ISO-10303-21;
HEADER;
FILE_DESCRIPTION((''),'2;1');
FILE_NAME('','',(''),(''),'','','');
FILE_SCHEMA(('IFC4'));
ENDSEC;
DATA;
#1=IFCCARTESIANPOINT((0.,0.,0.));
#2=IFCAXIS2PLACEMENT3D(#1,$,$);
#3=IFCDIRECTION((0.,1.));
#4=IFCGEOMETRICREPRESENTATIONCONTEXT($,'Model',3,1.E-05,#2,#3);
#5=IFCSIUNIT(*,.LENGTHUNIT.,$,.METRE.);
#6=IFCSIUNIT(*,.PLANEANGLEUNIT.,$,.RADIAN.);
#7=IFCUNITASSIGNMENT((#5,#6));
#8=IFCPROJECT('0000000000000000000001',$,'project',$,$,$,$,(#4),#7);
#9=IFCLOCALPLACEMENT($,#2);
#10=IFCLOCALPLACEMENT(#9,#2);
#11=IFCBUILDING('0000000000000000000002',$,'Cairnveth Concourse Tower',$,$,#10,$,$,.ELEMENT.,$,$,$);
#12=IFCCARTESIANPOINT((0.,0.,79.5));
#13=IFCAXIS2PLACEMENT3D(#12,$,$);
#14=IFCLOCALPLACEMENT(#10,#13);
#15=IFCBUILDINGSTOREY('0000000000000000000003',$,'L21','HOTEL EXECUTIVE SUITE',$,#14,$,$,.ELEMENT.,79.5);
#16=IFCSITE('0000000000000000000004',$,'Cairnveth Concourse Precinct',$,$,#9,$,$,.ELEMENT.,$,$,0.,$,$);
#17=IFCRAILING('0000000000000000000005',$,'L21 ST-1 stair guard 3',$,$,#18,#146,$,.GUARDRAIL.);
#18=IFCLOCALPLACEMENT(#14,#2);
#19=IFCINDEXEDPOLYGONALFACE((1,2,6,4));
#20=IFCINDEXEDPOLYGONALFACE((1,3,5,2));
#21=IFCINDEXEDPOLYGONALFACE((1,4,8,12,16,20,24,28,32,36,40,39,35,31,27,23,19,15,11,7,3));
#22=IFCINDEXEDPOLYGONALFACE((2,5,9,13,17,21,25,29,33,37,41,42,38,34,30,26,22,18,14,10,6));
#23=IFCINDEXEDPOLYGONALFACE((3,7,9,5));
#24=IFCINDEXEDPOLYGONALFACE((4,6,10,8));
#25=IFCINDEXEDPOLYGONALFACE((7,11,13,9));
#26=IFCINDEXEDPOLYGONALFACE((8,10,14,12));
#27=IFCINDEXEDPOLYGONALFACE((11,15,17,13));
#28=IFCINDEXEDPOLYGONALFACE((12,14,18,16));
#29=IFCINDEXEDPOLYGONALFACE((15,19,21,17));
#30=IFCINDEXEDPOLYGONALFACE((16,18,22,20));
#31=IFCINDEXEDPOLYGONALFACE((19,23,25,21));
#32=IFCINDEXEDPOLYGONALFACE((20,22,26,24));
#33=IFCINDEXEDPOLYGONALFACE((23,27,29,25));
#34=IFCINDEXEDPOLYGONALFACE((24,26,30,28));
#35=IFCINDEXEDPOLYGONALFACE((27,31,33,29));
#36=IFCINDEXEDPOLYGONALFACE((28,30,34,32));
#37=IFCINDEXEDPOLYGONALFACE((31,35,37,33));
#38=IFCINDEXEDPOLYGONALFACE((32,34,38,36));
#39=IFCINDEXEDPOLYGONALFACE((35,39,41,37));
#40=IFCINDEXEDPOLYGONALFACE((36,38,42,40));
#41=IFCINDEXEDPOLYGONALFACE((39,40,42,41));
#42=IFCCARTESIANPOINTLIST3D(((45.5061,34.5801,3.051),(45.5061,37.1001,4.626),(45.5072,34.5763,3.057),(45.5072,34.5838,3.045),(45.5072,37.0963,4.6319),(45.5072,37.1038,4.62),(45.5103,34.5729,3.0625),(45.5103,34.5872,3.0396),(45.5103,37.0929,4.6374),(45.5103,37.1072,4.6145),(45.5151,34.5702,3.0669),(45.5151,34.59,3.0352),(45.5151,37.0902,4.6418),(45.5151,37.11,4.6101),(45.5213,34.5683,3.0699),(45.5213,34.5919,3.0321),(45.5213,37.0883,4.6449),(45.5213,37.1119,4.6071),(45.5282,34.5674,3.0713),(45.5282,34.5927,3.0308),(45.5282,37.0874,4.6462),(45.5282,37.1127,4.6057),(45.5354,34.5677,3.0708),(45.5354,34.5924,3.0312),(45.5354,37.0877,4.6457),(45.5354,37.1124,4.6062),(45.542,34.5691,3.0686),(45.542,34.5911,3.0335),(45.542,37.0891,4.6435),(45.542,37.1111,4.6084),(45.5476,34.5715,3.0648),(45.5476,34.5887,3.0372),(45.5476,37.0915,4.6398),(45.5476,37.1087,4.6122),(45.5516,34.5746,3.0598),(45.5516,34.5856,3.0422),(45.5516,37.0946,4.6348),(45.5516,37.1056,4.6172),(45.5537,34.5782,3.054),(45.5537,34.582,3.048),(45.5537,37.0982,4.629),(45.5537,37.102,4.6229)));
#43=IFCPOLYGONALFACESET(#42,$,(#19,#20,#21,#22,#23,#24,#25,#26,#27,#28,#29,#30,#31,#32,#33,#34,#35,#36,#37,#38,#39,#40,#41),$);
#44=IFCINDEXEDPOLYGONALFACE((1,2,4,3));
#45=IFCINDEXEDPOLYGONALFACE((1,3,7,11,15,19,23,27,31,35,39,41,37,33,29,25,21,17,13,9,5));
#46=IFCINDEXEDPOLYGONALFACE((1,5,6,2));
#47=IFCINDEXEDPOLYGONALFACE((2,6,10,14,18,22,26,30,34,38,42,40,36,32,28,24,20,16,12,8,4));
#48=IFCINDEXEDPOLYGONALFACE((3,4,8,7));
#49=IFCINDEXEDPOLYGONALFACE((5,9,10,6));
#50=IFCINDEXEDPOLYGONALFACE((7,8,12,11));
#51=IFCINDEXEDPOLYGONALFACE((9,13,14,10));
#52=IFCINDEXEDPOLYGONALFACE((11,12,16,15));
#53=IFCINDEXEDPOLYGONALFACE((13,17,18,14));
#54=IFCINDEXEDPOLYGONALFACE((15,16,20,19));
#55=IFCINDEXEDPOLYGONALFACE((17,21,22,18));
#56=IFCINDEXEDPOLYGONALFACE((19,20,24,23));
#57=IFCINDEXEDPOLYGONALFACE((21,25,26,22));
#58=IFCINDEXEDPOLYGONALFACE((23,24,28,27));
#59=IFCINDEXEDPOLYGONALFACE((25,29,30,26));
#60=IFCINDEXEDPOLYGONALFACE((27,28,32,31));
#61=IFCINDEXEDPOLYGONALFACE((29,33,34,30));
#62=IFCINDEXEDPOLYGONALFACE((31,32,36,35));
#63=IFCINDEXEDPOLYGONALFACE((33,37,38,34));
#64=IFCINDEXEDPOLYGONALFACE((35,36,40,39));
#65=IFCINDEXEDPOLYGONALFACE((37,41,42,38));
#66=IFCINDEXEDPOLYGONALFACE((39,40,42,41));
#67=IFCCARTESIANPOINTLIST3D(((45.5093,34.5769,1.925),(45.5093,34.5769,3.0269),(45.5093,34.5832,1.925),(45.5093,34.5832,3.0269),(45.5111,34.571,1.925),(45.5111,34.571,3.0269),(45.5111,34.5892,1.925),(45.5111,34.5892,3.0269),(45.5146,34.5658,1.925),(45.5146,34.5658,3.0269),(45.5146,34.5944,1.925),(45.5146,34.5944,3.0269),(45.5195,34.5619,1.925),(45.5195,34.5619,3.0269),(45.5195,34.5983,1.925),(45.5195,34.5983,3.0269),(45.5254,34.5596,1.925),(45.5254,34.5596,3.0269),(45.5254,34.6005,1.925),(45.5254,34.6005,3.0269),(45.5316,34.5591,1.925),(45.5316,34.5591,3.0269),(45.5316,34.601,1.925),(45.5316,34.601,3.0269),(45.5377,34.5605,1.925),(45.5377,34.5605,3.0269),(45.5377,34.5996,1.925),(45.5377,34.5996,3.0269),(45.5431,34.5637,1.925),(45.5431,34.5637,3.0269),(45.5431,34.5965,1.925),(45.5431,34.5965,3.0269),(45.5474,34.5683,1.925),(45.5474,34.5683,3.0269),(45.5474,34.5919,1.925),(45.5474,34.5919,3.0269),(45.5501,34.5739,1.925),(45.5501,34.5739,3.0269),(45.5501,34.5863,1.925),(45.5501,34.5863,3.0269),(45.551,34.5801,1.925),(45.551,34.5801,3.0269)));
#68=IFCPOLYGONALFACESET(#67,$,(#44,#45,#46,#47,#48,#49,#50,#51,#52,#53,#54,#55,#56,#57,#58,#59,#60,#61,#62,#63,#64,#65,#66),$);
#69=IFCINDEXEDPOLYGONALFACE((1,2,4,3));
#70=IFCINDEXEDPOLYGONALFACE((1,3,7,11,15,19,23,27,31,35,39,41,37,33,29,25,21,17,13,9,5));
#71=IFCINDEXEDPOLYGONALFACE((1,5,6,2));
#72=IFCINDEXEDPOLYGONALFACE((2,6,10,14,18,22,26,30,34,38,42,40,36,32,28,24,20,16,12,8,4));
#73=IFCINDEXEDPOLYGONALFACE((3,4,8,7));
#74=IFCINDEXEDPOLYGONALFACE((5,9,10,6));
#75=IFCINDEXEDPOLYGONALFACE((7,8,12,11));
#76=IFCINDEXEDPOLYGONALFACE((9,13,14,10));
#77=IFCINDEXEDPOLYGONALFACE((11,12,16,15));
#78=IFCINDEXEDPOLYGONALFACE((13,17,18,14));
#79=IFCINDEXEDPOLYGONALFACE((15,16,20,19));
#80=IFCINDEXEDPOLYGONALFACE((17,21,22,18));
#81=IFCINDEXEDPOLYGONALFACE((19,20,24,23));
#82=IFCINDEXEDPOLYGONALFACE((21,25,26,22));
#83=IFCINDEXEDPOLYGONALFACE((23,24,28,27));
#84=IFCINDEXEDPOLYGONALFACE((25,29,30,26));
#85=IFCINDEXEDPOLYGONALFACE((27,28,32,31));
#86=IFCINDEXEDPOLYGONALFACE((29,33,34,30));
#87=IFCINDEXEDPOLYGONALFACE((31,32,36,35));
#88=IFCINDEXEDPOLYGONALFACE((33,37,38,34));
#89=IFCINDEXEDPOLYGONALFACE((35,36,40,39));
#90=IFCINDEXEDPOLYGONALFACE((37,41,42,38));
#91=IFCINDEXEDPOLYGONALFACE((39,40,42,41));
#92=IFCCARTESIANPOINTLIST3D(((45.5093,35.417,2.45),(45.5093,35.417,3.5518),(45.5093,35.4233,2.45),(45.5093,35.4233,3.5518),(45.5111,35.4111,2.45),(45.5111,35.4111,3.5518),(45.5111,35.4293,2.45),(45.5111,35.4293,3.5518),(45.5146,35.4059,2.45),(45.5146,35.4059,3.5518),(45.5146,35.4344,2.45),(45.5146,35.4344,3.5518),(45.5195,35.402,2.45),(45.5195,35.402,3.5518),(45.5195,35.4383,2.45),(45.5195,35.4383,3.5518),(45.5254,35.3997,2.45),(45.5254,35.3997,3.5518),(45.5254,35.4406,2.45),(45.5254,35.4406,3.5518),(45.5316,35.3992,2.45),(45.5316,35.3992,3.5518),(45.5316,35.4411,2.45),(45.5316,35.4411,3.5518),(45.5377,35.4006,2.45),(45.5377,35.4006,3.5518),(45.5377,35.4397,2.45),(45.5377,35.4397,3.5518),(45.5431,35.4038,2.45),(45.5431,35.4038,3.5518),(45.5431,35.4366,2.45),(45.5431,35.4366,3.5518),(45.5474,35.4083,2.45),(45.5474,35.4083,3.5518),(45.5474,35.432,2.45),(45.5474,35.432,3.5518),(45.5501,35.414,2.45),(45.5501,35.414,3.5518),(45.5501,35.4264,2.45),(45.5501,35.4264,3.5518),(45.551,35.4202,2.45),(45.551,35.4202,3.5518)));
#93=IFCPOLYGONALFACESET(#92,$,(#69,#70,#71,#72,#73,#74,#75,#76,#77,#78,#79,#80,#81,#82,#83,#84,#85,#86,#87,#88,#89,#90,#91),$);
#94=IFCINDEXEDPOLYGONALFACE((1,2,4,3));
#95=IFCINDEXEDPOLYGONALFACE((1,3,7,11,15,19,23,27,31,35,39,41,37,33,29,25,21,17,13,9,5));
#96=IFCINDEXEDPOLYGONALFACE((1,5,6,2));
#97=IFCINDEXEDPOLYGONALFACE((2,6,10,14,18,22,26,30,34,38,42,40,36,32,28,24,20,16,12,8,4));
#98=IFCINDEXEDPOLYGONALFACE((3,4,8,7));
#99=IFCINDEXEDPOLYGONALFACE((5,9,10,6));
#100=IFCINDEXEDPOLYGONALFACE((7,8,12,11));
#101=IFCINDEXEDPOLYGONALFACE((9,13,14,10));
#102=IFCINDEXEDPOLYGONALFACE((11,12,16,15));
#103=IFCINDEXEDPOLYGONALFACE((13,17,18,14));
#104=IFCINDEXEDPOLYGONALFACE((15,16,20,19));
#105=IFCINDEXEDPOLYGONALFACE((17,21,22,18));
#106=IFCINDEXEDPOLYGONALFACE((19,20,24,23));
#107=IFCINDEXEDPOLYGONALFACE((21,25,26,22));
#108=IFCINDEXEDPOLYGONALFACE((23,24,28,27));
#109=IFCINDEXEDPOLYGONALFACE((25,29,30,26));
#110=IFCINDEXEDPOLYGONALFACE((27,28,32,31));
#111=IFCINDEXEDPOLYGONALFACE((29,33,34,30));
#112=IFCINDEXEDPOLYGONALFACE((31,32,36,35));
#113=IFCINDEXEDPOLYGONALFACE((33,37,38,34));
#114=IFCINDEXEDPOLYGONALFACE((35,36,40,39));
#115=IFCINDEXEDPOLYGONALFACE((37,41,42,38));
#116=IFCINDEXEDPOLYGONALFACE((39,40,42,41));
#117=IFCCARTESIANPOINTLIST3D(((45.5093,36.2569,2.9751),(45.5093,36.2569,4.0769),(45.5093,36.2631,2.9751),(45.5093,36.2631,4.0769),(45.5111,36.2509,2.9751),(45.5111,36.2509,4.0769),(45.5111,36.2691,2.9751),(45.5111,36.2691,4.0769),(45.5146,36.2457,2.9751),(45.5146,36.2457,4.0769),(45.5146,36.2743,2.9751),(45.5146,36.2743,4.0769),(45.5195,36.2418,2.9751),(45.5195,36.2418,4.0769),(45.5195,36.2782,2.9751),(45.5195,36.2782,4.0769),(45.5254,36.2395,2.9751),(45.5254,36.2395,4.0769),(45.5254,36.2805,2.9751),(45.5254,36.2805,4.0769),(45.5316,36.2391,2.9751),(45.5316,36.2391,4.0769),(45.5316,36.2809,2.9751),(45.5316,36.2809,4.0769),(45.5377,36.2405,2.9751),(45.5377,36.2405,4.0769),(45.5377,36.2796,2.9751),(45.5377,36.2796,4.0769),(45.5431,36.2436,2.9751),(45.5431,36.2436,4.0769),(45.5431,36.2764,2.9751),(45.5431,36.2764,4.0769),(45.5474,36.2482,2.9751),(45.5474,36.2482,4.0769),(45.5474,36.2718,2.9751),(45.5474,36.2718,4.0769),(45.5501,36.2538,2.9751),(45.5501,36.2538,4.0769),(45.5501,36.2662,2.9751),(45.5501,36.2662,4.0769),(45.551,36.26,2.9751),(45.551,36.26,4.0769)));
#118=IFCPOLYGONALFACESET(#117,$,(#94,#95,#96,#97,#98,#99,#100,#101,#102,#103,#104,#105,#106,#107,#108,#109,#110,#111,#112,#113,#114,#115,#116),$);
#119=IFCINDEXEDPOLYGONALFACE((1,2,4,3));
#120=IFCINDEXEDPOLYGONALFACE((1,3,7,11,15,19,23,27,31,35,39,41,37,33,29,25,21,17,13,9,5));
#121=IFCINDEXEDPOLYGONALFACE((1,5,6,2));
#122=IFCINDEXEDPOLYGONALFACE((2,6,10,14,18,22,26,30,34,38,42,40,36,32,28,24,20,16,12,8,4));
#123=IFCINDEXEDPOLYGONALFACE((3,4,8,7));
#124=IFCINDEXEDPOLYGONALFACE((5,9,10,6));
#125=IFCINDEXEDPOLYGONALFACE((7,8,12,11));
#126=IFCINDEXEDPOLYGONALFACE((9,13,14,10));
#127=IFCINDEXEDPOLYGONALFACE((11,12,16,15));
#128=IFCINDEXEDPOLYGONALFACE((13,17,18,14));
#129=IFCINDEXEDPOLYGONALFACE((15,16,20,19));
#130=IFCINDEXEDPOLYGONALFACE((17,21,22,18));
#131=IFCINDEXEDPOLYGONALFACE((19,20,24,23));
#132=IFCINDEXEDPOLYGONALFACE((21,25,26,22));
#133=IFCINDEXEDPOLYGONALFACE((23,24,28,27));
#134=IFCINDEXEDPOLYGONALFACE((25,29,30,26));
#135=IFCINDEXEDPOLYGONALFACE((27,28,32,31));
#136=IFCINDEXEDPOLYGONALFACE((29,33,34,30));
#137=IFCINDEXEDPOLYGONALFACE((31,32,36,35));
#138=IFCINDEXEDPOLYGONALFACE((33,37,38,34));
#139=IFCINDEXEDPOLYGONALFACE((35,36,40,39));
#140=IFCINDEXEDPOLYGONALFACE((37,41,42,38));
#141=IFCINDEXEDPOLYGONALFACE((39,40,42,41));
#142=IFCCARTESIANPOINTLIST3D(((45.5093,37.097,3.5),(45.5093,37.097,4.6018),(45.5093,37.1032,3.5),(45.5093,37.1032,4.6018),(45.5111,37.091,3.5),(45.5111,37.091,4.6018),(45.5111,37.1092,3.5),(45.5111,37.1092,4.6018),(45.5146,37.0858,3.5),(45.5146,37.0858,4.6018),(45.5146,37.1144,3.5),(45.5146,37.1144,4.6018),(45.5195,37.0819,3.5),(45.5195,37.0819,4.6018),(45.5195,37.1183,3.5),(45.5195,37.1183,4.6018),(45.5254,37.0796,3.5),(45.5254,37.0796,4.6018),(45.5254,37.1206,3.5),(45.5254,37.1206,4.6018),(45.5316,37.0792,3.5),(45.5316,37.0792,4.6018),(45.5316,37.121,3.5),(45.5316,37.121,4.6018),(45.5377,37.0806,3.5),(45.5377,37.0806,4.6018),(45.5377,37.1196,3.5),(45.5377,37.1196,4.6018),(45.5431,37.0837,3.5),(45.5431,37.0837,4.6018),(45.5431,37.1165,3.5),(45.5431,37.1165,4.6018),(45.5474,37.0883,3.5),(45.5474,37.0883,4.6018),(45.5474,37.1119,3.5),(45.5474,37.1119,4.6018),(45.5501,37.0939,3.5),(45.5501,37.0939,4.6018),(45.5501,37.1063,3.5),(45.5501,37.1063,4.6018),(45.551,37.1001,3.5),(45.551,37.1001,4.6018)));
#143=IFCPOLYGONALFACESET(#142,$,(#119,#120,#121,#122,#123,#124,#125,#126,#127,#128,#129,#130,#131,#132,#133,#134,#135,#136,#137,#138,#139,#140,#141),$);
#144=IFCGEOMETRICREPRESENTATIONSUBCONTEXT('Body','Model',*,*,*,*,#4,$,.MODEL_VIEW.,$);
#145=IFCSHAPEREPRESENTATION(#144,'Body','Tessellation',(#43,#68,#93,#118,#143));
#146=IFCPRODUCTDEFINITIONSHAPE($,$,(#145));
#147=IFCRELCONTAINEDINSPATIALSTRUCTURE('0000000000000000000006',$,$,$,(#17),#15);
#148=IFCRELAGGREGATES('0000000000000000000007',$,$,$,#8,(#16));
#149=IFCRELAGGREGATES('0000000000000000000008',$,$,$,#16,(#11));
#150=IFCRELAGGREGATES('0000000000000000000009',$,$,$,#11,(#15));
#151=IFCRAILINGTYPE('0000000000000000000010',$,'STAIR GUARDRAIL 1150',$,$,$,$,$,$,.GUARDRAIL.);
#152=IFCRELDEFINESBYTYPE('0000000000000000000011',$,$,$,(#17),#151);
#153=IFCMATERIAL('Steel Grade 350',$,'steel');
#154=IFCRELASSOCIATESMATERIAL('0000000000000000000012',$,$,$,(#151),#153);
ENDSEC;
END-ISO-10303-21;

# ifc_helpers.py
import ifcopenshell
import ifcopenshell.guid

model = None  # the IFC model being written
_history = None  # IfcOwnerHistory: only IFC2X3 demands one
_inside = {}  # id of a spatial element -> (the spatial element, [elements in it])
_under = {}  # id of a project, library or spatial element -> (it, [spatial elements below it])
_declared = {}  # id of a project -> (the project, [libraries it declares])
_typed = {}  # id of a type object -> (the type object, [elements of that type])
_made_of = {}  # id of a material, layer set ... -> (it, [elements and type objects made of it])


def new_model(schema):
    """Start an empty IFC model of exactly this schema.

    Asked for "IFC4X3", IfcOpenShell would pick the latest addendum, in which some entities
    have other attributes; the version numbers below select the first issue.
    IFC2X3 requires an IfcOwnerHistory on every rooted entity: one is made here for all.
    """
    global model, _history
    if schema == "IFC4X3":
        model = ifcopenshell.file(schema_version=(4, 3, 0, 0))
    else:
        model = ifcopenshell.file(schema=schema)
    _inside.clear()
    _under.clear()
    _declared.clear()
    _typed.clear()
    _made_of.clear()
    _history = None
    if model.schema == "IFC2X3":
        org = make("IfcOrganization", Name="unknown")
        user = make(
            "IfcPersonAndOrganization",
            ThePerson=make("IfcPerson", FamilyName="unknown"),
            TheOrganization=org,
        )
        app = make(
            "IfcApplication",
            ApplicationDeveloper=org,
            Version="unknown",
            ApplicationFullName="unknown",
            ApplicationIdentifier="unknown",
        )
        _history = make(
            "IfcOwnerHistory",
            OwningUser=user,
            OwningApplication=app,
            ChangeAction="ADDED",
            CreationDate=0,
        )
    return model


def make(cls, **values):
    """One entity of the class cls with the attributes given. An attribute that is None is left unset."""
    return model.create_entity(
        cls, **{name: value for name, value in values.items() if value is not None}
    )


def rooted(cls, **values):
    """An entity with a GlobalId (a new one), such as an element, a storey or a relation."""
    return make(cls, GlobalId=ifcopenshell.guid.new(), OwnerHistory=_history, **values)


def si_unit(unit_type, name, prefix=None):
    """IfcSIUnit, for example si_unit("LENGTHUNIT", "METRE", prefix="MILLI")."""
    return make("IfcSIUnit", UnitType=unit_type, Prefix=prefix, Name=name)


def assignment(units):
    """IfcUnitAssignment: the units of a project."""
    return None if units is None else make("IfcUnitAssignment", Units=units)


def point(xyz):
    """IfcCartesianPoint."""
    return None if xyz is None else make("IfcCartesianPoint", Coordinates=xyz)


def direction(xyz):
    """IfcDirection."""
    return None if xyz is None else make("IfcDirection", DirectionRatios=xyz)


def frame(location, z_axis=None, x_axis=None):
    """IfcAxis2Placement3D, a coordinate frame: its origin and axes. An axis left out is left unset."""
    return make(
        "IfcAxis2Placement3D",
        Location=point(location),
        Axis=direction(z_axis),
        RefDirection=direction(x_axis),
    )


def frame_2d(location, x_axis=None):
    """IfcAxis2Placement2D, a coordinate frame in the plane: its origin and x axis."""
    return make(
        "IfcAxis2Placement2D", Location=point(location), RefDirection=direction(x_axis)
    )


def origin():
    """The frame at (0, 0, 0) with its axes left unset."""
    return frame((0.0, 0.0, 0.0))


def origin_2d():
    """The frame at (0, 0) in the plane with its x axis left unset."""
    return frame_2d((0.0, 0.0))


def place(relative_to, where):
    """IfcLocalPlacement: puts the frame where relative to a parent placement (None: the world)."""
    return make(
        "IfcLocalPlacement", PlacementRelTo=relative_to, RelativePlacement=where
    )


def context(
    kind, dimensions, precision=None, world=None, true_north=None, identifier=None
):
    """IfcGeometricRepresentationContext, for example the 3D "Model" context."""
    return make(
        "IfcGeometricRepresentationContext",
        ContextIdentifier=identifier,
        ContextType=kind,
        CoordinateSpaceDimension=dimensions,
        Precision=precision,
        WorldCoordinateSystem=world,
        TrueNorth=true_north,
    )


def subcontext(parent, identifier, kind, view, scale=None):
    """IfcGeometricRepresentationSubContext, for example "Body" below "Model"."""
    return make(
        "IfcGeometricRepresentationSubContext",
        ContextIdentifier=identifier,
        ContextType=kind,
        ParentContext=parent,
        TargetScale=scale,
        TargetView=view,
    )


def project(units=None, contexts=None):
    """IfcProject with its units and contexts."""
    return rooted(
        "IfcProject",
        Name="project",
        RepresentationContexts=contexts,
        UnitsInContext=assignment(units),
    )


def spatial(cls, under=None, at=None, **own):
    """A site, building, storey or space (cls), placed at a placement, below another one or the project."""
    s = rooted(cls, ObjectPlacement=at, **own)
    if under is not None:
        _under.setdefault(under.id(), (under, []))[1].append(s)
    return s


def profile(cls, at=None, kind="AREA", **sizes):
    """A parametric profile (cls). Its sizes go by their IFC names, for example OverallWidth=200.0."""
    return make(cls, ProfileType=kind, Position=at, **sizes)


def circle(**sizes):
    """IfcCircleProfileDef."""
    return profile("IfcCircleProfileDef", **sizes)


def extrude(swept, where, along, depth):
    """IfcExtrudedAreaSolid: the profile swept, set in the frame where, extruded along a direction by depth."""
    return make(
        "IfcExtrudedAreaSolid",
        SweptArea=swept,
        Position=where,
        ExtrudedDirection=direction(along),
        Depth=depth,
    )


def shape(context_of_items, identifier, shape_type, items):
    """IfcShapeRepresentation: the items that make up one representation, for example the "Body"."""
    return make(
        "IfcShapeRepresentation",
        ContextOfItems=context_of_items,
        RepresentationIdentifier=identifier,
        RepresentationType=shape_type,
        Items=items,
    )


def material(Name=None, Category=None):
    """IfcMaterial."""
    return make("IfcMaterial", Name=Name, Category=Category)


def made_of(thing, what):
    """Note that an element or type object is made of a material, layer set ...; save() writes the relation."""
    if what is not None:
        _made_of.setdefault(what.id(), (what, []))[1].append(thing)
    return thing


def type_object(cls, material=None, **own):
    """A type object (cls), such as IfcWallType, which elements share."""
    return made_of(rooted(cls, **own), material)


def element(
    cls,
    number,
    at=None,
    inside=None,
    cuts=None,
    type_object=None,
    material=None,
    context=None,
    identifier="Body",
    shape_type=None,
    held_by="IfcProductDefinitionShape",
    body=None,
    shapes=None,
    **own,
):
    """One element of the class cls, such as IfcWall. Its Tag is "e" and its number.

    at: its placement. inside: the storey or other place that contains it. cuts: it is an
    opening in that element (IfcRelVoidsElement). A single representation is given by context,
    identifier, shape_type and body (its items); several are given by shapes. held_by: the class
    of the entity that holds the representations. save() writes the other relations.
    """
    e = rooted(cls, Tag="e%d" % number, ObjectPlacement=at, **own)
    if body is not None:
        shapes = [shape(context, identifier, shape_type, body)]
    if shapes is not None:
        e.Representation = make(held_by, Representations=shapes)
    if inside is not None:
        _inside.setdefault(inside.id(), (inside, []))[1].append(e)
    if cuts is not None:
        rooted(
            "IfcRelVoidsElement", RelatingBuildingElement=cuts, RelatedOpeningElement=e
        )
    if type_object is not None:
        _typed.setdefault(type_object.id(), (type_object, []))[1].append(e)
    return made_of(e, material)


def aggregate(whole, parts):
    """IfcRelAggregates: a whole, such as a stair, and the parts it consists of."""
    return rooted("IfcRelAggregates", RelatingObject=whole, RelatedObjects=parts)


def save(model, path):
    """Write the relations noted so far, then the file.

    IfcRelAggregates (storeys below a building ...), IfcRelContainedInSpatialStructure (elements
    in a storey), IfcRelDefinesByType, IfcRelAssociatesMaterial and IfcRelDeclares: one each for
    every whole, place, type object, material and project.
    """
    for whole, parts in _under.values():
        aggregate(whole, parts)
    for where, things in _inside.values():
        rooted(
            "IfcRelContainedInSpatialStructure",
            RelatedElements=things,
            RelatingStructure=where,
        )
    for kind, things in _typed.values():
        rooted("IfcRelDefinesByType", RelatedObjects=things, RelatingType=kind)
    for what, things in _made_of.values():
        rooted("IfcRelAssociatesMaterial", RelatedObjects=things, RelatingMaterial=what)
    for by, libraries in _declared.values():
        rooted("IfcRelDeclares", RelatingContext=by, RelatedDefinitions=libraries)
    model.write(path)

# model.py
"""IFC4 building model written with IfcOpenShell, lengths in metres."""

from ifc_helpers import new_model, si_unit, direction, frame, origin, origin_2d, place, context, subcontext, project, spatial, circle, extrude, material, type_object, element, save


model = new_model("IFC4")

# Units and contexts
model_context = context("Model", 3, precision=1e-05, world=origin(), true_north=direction((0.0, 1.0)))
body_context = subcontext(model_context, "Body", "Model", "MODEL_VIEW")
ifc_project = project(units=[si_unit("LENGTHUNIT", "METRE"), si_unit("PLANEANGLEUNIT", "RADIAN")], contexts=[model_context])

# Site, building, storey
site_placement = place(None, origin())
site = spatial("IfcSite", under=ifc_project, at=site_placement, Name="Cairnveth Concourse Precinct", CompositionType="ELEMENT", RefElevation=0.0)
building_placement = place(site_placement, origin())
building = spatial("IfcBuilding", under=site, at=building_placement, Name="Cairnveth Concourse Tower", CompositionType="ELEMENT")
storey_placement = place(building_placement, frame((0.0, 0.0, 79.5)))
storey = spatial("IfcBuildingStorey", under=building, at=storey_placement, Name="L21", Description="HOTEL EXECUTIVE SUITE", CompositionType="ELEMENT", Elevation=79.5)

# Railing
ifc_material_1 = material(Name="Steel Grade 350", Category="steel")
railing_type_1 = type_object("IfcRailingType", Name="STAIR GUARDRAIL 1150", PredefinedType="GUARDRAIL", material=ifc_material_1)
railing_1_placement = place(storey_placement, frame((45.53, 34.5801, 1.925)))
element("IfcRailing", 1, at=railing_1_placement, inside=storey, type_object=railing_type_1, Name="L21 ST-1 stair guard 3", PredefinedType="GUARDRAIL", context=body_context, shape_type="SweptSolid", body=[
    extrude(circle(Radius=0.0239, at=origin_2d()), frame((0.0, 0.0, 1.126), z_axis=(0.0, 0.848008, 0.529984), x_axis=(-1.0, 0.0, 0.0)), (0.0, 0.0, 1.0), 2.9717),
    extrude(circle(Radius=0.021, at=origin_2d()), origin(), (0.0, 0.0, 1.0), 1.1018),
    extrude(circle(Radius=0.021, at=origin_2d()), frame((0.0, 0.8401, 0.5249)), (0.0, 0.0, 1.0), 1.1018),
    extrude(circle(Radius=0.021, at=origin_2d()), frame((0.0, 1.6799, 1.05)), (0.0, 0.0, 1.0), 1.1018),
    extrude(circle(Radius=0.021, at=origin_2d()), frame((0.0, 2.52, 1.575)), (0.0, 0.0, 1.0), 1.1018),
])

save(model, "model.ifc")
